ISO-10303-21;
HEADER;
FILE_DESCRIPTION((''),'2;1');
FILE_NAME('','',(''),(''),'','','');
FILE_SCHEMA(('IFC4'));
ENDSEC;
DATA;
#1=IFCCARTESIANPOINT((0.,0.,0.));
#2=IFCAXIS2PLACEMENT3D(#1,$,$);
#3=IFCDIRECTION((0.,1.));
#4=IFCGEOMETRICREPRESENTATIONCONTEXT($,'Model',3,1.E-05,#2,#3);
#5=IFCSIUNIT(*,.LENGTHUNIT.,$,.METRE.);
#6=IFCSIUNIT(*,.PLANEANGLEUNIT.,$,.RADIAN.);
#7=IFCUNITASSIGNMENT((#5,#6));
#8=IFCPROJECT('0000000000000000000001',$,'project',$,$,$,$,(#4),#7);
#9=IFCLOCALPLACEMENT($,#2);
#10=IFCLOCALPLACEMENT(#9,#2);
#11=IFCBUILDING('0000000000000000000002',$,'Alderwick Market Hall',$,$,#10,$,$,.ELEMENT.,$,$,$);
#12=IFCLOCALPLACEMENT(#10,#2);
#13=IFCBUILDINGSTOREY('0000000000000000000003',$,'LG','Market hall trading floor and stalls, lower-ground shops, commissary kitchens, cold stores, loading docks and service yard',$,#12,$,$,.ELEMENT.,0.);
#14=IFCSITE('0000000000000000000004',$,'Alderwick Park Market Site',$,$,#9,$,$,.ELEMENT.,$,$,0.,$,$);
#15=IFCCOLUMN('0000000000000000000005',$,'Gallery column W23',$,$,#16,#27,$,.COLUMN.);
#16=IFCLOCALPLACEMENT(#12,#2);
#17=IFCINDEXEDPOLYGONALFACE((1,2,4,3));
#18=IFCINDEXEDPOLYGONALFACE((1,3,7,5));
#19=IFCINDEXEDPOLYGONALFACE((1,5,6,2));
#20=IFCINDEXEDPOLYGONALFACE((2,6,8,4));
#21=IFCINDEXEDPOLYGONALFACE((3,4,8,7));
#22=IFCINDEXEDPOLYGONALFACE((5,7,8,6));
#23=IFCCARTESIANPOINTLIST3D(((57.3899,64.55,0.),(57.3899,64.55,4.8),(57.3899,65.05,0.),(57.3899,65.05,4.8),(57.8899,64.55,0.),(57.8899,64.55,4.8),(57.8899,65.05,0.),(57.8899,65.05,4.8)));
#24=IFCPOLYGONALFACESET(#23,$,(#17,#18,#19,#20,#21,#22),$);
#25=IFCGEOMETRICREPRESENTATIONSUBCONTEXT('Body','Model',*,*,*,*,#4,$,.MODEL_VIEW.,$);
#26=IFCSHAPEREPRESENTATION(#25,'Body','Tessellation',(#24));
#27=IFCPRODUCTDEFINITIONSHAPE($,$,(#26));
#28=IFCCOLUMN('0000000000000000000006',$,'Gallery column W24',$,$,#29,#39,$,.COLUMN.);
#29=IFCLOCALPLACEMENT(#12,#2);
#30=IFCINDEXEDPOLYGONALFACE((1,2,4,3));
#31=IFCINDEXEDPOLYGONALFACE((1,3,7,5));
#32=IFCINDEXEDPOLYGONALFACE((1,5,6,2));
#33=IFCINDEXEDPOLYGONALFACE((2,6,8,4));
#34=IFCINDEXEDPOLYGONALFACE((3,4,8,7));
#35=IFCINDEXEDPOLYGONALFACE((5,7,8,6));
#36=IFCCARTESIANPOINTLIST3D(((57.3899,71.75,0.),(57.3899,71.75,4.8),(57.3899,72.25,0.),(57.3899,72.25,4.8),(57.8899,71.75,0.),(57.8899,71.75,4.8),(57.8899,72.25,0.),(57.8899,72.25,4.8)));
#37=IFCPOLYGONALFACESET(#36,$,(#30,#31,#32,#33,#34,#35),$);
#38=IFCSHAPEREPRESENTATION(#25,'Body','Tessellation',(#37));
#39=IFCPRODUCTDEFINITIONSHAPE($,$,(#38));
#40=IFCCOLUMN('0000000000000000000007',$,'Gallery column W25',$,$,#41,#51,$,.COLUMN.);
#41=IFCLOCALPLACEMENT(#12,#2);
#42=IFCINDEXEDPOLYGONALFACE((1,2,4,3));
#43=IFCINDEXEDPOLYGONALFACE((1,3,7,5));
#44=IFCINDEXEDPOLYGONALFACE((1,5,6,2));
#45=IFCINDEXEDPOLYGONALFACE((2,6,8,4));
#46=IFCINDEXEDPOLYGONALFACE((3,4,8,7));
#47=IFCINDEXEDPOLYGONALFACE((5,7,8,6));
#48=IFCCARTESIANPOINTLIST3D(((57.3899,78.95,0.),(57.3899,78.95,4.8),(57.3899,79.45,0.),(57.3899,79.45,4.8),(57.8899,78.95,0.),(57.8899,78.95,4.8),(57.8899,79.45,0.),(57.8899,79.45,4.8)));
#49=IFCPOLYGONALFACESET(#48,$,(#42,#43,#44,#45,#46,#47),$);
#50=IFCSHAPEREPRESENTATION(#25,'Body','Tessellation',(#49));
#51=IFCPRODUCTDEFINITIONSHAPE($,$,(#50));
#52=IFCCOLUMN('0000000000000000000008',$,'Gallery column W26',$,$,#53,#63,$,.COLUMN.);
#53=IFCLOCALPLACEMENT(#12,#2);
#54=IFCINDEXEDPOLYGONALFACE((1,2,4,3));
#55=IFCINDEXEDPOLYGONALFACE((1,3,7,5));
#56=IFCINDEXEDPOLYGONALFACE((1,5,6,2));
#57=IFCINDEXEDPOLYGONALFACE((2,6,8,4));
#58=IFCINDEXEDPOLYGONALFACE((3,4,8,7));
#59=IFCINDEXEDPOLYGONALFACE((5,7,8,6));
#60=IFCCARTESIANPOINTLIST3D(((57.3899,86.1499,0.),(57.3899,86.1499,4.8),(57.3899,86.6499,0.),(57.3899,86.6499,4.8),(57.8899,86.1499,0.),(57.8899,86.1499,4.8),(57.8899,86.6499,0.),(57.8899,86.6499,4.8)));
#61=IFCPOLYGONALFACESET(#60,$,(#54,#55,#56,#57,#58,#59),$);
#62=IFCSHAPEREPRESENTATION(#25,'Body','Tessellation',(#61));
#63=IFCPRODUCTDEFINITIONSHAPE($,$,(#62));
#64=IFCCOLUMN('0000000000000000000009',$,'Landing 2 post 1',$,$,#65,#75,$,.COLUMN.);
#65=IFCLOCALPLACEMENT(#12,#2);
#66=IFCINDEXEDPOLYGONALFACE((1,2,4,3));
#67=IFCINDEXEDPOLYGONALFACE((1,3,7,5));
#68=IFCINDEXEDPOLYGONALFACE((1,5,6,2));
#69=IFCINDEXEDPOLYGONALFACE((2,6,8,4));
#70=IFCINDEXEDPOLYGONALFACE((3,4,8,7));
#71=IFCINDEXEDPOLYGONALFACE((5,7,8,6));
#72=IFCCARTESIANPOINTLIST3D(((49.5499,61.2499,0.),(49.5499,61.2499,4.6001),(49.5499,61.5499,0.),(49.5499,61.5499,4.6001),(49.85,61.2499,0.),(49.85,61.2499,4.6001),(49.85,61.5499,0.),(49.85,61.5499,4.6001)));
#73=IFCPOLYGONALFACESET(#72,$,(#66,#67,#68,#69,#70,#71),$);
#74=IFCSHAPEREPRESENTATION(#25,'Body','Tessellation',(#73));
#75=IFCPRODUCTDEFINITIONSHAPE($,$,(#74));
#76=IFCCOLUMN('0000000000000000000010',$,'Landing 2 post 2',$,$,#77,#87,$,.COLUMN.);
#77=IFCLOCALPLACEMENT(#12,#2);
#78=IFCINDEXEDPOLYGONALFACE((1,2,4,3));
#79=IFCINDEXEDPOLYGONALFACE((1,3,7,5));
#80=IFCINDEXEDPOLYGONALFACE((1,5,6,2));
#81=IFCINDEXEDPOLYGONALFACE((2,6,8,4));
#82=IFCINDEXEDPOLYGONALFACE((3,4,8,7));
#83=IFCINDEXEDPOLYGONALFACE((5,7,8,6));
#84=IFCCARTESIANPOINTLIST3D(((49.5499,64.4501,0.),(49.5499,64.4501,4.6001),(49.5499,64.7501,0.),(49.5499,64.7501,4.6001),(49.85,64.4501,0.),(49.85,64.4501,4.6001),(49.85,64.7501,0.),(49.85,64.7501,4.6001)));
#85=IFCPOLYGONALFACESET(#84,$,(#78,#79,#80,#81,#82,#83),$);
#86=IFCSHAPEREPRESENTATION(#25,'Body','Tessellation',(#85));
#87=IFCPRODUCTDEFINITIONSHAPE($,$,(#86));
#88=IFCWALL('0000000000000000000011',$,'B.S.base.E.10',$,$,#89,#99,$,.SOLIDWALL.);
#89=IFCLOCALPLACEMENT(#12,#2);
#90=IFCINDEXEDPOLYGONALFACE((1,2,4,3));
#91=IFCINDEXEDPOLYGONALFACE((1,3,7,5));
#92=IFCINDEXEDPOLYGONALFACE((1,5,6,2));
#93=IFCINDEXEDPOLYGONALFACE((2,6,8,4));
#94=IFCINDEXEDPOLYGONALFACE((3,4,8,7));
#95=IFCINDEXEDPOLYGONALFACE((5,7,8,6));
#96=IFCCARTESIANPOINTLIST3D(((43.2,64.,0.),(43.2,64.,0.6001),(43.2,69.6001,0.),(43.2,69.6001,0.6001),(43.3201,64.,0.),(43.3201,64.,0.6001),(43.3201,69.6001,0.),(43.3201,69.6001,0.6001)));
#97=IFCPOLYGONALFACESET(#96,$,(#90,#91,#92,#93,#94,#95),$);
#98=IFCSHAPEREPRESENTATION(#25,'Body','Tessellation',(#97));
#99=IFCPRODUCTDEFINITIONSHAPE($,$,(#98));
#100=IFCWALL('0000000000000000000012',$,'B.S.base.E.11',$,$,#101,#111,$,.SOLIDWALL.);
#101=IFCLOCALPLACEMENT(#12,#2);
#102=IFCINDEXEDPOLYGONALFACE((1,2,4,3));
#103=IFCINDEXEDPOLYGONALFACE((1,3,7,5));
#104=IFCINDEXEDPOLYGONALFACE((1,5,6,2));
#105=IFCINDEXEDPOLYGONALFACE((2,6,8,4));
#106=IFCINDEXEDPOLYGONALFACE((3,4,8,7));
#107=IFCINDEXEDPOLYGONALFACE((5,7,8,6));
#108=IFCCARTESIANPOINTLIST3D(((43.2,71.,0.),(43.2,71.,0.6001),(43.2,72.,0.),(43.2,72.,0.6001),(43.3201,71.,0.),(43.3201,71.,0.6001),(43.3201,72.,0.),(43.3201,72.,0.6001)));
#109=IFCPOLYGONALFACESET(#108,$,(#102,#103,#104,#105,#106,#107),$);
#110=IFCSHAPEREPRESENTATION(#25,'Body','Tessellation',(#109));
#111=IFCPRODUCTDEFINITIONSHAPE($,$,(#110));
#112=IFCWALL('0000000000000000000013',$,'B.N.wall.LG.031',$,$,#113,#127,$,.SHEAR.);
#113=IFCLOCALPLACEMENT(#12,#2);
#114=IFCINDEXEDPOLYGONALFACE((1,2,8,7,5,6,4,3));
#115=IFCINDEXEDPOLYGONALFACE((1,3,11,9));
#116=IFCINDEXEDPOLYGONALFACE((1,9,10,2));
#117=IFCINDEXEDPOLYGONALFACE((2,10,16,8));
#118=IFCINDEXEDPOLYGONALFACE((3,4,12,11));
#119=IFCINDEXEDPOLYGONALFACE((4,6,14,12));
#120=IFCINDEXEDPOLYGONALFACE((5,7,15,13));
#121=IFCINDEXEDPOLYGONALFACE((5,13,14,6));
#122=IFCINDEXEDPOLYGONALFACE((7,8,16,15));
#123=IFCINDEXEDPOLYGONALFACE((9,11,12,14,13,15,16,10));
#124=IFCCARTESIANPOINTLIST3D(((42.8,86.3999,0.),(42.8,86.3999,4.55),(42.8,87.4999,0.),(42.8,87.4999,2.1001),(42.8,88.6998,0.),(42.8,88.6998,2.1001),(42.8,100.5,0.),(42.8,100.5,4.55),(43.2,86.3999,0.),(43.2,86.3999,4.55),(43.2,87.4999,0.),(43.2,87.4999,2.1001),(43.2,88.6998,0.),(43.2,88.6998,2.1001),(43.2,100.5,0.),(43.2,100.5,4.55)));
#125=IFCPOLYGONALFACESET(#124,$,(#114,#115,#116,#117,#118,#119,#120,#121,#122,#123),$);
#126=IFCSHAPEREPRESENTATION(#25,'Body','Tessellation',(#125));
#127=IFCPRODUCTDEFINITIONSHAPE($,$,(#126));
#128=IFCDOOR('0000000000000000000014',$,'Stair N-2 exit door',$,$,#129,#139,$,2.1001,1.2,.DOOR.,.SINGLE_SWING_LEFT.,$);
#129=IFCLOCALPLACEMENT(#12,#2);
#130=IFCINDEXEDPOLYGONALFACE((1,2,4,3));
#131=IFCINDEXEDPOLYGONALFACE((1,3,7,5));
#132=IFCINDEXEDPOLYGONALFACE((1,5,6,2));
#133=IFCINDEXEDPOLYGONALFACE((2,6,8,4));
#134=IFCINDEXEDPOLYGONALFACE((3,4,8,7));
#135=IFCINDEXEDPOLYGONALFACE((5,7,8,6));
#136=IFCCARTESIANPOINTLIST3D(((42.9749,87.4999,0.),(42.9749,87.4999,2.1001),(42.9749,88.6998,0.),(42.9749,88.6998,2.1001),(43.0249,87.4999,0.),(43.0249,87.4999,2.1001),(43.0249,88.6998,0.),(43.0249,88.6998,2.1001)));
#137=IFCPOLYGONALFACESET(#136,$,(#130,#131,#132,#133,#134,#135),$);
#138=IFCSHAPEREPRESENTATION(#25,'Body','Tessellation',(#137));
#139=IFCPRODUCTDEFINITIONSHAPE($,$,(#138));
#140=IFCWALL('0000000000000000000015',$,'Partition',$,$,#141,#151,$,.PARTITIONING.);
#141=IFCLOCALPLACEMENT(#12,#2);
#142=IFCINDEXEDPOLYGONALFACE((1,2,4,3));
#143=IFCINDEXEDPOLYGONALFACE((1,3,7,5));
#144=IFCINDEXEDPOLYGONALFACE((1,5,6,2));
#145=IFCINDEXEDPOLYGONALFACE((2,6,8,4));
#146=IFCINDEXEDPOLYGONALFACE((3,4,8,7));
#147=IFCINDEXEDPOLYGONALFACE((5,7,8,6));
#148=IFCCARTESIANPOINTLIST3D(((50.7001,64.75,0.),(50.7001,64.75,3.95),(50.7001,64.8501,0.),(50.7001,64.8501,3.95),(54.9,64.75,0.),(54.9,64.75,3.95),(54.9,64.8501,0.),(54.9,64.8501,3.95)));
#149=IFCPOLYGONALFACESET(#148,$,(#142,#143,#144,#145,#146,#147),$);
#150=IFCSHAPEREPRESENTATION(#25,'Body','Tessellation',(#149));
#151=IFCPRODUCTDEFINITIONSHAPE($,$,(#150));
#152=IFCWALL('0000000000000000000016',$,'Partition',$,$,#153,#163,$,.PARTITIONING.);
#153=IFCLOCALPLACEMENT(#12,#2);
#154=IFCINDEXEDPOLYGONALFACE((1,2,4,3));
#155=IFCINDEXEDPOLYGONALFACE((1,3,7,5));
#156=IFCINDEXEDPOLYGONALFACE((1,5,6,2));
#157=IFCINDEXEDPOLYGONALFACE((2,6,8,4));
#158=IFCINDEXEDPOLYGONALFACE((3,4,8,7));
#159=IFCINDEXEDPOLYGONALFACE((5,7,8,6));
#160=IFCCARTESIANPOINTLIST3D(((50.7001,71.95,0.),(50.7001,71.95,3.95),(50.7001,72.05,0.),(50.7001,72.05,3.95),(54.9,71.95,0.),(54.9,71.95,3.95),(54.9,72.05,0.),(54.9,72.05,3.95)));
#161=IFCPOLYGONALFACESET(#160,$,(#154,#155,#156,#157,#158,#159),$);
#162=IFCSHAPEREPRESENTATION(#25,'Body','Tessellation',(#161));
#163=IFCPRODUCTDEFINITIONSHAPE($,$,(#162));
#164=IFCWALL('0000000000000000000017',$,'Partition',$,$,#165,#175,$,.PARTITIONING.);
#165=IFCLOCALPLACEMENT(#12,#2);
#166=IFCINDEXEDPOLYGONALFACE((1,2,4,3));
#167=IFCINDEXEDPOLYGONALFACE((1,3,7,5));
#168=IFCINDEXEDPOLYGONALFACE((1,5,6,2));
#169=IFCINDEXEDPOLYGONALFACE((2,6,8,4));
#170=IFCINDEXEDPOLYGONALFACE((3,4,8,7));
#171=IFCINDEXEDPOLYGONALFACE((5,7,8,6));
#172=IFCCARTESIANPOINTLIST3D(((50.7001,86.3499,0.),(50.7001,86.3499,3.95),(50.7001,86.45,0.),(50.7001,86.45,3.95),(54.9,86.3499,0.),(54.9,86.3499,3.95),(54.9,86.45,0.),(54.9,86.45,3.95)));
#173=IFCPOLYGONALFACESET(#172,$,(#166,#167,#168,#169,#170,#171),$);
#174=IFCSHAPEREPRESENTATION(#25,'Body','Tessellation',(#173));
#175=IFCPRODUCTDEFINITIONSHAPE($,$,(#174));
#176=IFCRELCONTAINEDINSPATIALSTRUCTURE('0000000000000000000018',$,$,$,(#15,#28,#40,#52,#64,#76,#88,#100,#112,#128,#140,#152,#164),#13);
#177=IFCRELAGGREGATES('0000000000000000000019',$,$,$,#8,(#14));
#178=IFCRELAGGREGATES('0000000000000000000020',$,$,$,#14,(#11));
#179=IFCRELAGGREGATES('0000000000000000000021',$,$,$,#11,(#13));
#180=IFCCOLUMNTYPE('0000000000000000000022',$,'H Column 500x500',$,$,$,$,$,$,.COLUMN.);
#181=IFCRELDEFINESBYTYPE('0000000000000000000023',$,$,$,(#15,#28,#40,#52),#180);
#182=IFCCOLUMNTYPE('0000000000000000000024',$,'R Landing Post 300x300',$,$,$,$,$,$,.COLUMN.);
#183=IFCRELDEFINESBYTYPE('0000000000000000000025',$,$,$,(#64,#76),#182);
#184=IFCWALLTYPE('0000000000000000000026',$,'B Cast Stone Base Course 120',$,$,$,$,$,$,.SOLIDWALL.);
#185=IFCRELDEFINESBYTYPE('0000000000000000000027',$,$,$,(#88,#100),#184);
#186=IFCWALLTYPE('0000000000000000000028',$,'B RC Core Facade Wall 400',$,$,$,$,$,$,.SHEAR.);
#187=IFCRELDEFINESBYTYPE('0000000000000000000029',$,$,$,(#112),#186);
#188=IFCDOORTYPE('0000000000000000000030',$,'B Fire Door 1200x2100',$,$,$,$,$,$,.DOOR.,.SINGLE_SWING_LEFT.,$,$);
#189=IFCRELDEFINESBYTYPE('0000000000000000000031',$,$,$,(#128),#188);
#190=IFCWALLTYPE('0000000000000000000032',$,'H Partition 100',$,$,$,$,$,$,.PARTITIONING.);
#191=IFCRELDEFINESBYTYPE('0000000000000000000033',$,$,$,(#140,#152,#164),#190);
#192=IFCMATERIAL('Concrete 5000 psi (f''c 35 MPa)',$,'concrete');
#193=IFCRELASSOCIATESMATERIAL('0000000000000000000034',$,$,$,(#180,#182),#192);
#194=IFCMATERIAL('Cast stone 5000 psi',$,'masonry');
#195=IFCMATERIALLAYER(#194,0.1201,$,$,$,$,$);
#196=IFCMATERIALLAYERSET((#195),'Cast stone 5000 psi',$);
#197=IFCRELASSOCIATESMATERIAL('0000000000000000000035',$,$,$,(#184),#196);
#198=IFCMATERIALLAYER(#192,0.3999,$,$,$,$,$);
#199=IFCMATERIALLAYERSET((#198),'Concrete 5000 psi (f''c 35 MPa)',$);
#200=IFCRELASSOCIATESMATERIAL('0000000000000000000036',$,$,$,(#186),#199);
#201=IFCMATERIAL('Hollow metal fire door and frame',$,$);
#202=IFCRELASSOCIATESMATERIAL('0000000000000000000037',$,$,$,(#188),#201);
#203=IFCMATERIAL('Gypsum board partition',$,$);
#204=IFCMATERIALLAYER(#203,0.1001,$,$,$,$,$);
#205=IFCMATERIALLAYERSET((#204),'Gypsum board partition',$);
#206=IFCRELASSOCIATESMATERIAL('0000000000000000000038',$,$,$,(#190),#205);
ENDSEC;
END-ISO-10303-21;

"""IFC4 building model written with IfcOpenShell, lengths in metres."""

from ifc_helpers import new_model, si_unit, direction, frame, frame_2d, origin, origin_2d, place, context, subcontext, project, spatial, rectangle, extrude, material, layer, layer_set, material_profile, profile_set, type_object, element, fill, save


model = new_model("IFC4")

# Units and contexts
model_context = context("Model", 3, precision=1e-05, world=origin(), true_north=direction((0.0, 1.0)))
body_context = subcontext(model_context, "Body", "Model", "MODEL_VIEW")
ifc_project = project(units=[si_unit("LENGTHUNIT", "METRE"), si_unit("PLANEANGLEUNIT", "RADIAN")], contexts=[model_context])

# Site, building, storey
site_placement = place(None, origin())
site = spatial("IfcSite", under=ifc_project, at=site_placement, Name="Alderwick Park Market Site", CompositionType="ELEMENT", RefElevation=0.0)
building_placement = place(site_placement, origin())
building = spatial("IfcBuilding", under=site, at=building_placement, Name="Alderwick Market Hall", CompositionType="ELEMENT")
storey_placement = place(building_placement, origin())
storey = spatial("IfcBuildingStorey", under=building, at=storey_placement, Name="LG", Description="Market hall trading floor and stalls, lower-ground shops, commissary kitchens, cold stores, loading docks and service yard", CompositionType="ELEMENT", Elevation=0.0)

# Columns
ifc_material_1 = material(Name="Concrete 5000 psi (f'c 35 MPa)", Category="concrete")
ifc_material_profile_1 = material_profile(ifc_material_1, rectangle(XDim=0.5, YDim=0.5, at=origin_2d()), Name="RC 500x500")
ifc_profile_set_1 = profile_set([ifc_material_profile_1], Name="Concrete 5000 psi (f'c 35 MPa)")
column_type_1 = type_object("IfcColumnType", Name="H Column 500x500", PredefinedType="COLUMN", material=ifc_profile_set_1)
for number, where, z_axis, x_axis, name in (
    (1, (57.6399, 64.8, 0.0), (0.0, 0.0, 1.0), (1.0, 0.0, 0.0), "Gallery column W23"),
    (2, (57.6399, 72.0, 0.0), (0.0, 0.0, 1.0), (1.0, 0.0, 0.0), "Gallery column W24"),
    (3, (57.6399, 79.2, 0.0), (0.0, 0.0, 1.0), (1.0, 0.0, 0.0), "Gallery column W25"),
    (4, (57.6399, 86.3999, 0.0), (0.0, 0.0, 1.0), (1.0, 0.0, 0.0), "Gallery column W26"),
):
    element("IfcColumn", number, at=place(storey_placement, frame(where, z_axis=z_axis, x_axis=x_axis)), inside=storey, type_object=column_type_1, Name=name, PredefinedType="COLUMN", context=body_context, shape_type="SweptSolid", body=[
        extrude(rectangle(XDim=0.5, YDim=0.5, at=origin_2d()), origin(), (0.0, 0.0, 1.0), 4.8),
    ])
ifc_material_profile_2 = material_profile(ifc_material_1, rectangle(XDim=0.3, YDim=0.3, at=origin_2d()), Name="RC 300x300")
ifc_profile_set_2 = profile_set([ifc_material_profile_2], Name="Concrete 5000 psi (f'c 35 MPa)")
column_type_2 = type_object("IfcColumnType", Name="R Landing Post 300x300", PredefinedType="COLUMN", material=ifc_profile_set_2)
for number, where, z_axis, x_axis, name in (
    (5, (49.7, 61.3999, 0.0), (0.0, 0.0, 1.0), (1.0, 0.0, 0.0), "Landing 2 post 1"),
    (6, (49.7, 64.6001, 0.0), (0.0, 0.0, 1.0), (1.0, 0.0, 0.0), "Landing 2 post 2"),
):
    element("IfcColumn", number, at=place(storey_placement, frame(where, z_axis=z_axis, x_axis=x_axis)), inside=storey, type_object=column_type_2, Name=name, PredefinedType="COLUMN", context=body_context, shape_type="SweptSolid", body=[
        extrude(rectangle(XDim=0.3, YDim=0.3, at=origin_2d()), origin(), (0.0, 0.0, 1.0), 4.6001),
    ])

# Walls
ifc_material_2 = material(Name="Cast stone 5000 psi", Category="masonry")
ifc_layer_1 = layer(ifc_material_2, 0.1201)
ifc_layer_set_1 = layer_set([ifc_layer_1], Name="Cast stone 5000 psi")
wall_type_1 = type_object("IfcWallType", Name="B Cast Stone Base Course 120", PredefinedType="SOLIDWALL", material=ifc_layer_set_1)
wall_1_placement = place(storey_placement, frame((43.26, 64.0, 0.0), z_axis=(0.0, 0.0, 1.0), x_axis=(0.0, 1.0, 0.0)))
element("IfcWall", 7, at=wall_1_placement, inside=storey, type_object=wall_type_1, Name="B.S.base.E.10", PredefinedType="SOLIDWALL", context=body_context, shape_type="SweptSolid", body=[
    extrude(rectangle(XDim=5.6001, YDim=0.1201, at=frame_2d((2.8, 0.0))), origin(), (0.0, 0.0, 1.0), 0.6001),
])
wall_2_placement = place(storey_placement, frame((43.26, 71.0, 0.0), z_axis=(0.0, 0.0, 1.0), x_axis=(0.0, 1.0, 0.0)))
element("IfcWall", 8, at=wall_2_placement, inside=storey, type_object=wall_type_1, Name="B.S.base.E.11", PredefinedType="SOLIDWALL", context=body_context, shape_type="SweptSolid", body=[
    extrude(rectangle(XDim=1.0, YDim=0.1201, at=frame_2d((0.5, 0.0))), origin(), (0.0, 0.0, 1.0), 0.6001),
])

# Wall, opening, door
ifc_layer_2 = layer(ifc_material_1, 0.3999)
ifc_layer_set_2 = layer_set([ifc_layer_2], Name="Concrete 5000 psi (f'c 35 MPa)")
wall_type_2 = type_object("IfcWallType", Name="B RC Core Facade Wall 400", PredefinedType="SHEAR", material=ifc_layer_set_2)
wall_3_placement = place(storey_placement, frame((43.0, 86.3999, 0.0), z_axis=(0.0, 0.0, 1.0), x_axis=(0.0, 1.0, 0.0)))
wall_3 = element("IfcWall", 9, at=wall_3_placement, inside=storey, type_object=wall_type_2, Name="B.N.wall.LG.031", PredefinedType="SHEAR", context=body_context, shape_type="SweptSolid", body=[
    extrude(rectangle(XDim=14.1001, YDim=0.3999, at=frame_2d((7.05, 0.0))), origin(), (0.0, 0.0, 1.0), 4.55),
])
opening_1_placement = place(wall_3_placement, frame((2.3, 0.0, 0.0), z_axis=(0.0, 0.0, 1.0), x_axis=(-1.0, 0.0, 0.0)))
opening_1 = element("IfcOpeningElement", 10, at=opening_1_placement, cuts=wall_3, PredefinedType="OPENING", context=body_context, shape_type="SweptSolid", body=[
    extrude(rectangle(XDim=1.2, YDim=2.1001, at=frame_2d((0.6001, 1.05))), frame((0.0, 0.21, 0.0), z_axis=(0.0, -1.0, 0.0), x_axis=(1.0, 0.0, 0.0)), (0.0, 0.0, 1.0), 0.4199),
])
ifc_material_3 = material(Name="Hollow metal fire door and frame")
door_type_1 = type_object("IfcDoorType", Name="B Fire Door 1200x2100", OperationType="SINGLE_SWING_LEFT", PredefinedType="DOOR", material=ifc_material_3)
door_1_placement = place(opening_1_placement, origin())
door_1 = element("IfcDoor", 11, at=door_1_placement, inside=storey, type_object=door_type_1, Name="Stair N-2 exit door", OperationType="SINGLE_SWING_LEFT", OverallHeight=2.1001, OverallWidth=1.2, PredefinedType="DOOR", context=body_context, shape_type="SweptSolid", body=[
    extrude(rectangle(XDim=1.2, YDim=2.1001, at=frame_2d((0.6001, 1.05))), frame((0.0, 0.0249, 0.0), z_axis=(0.0, -1.0, 0.0), x_axis=(1.0, 0.0, 0.0)), (0.0, 0.0, 1.0), 0.05),
])
fill(opening_1, door_1)

# Walls
ifc_material_4 = material(Name="Gypsum board partition")
ifc_layer_3 = layer(ifc_material_4, 0.1001)
ifc_layer_set_3 = layer_set([ifc_layer_3], Name="Gypsum board partition")
wall_type_3 = type_object("IfcWallType", Name="H Partition 100", PredefinedType="PARTITIONING", material=ifc_layer_set_3)
for number, where, z_axis, x_axis, name in (
    (12, (50.7, 64.8, 0.0), (0.0, 0.0, 1.0), (1.0, 0.0, 0.0), "Partition"),
    (13, (50.7, 72.0, 0.0), (0.0, 0.0, 1.0), (1.0, 0.0, 0.0), "Partition"),
    (14, (50.7, 86.3999, 0.0), (0.0, 0.0, 1.0), (1.0, 0.0, 0.0), "Partition"),
):
    element("IfcWall", number, at=place(storey_placement, frame(where, z_axis=z_axis, x_axis=x_axis)), inside=storey, type_object=wall_type_3, Name=name, PredefinedType="PARTITIONING", context=body_context, shape_type="SweptSolid", body=[
        extrude(rectangle(XDim=4.2, YDim=0.1001, at=frame_2d((2.1001, 0.0))), origin(), (0.0, 0.0, 1.0), 3.95),
    ])

save(model, "model.ifc")
